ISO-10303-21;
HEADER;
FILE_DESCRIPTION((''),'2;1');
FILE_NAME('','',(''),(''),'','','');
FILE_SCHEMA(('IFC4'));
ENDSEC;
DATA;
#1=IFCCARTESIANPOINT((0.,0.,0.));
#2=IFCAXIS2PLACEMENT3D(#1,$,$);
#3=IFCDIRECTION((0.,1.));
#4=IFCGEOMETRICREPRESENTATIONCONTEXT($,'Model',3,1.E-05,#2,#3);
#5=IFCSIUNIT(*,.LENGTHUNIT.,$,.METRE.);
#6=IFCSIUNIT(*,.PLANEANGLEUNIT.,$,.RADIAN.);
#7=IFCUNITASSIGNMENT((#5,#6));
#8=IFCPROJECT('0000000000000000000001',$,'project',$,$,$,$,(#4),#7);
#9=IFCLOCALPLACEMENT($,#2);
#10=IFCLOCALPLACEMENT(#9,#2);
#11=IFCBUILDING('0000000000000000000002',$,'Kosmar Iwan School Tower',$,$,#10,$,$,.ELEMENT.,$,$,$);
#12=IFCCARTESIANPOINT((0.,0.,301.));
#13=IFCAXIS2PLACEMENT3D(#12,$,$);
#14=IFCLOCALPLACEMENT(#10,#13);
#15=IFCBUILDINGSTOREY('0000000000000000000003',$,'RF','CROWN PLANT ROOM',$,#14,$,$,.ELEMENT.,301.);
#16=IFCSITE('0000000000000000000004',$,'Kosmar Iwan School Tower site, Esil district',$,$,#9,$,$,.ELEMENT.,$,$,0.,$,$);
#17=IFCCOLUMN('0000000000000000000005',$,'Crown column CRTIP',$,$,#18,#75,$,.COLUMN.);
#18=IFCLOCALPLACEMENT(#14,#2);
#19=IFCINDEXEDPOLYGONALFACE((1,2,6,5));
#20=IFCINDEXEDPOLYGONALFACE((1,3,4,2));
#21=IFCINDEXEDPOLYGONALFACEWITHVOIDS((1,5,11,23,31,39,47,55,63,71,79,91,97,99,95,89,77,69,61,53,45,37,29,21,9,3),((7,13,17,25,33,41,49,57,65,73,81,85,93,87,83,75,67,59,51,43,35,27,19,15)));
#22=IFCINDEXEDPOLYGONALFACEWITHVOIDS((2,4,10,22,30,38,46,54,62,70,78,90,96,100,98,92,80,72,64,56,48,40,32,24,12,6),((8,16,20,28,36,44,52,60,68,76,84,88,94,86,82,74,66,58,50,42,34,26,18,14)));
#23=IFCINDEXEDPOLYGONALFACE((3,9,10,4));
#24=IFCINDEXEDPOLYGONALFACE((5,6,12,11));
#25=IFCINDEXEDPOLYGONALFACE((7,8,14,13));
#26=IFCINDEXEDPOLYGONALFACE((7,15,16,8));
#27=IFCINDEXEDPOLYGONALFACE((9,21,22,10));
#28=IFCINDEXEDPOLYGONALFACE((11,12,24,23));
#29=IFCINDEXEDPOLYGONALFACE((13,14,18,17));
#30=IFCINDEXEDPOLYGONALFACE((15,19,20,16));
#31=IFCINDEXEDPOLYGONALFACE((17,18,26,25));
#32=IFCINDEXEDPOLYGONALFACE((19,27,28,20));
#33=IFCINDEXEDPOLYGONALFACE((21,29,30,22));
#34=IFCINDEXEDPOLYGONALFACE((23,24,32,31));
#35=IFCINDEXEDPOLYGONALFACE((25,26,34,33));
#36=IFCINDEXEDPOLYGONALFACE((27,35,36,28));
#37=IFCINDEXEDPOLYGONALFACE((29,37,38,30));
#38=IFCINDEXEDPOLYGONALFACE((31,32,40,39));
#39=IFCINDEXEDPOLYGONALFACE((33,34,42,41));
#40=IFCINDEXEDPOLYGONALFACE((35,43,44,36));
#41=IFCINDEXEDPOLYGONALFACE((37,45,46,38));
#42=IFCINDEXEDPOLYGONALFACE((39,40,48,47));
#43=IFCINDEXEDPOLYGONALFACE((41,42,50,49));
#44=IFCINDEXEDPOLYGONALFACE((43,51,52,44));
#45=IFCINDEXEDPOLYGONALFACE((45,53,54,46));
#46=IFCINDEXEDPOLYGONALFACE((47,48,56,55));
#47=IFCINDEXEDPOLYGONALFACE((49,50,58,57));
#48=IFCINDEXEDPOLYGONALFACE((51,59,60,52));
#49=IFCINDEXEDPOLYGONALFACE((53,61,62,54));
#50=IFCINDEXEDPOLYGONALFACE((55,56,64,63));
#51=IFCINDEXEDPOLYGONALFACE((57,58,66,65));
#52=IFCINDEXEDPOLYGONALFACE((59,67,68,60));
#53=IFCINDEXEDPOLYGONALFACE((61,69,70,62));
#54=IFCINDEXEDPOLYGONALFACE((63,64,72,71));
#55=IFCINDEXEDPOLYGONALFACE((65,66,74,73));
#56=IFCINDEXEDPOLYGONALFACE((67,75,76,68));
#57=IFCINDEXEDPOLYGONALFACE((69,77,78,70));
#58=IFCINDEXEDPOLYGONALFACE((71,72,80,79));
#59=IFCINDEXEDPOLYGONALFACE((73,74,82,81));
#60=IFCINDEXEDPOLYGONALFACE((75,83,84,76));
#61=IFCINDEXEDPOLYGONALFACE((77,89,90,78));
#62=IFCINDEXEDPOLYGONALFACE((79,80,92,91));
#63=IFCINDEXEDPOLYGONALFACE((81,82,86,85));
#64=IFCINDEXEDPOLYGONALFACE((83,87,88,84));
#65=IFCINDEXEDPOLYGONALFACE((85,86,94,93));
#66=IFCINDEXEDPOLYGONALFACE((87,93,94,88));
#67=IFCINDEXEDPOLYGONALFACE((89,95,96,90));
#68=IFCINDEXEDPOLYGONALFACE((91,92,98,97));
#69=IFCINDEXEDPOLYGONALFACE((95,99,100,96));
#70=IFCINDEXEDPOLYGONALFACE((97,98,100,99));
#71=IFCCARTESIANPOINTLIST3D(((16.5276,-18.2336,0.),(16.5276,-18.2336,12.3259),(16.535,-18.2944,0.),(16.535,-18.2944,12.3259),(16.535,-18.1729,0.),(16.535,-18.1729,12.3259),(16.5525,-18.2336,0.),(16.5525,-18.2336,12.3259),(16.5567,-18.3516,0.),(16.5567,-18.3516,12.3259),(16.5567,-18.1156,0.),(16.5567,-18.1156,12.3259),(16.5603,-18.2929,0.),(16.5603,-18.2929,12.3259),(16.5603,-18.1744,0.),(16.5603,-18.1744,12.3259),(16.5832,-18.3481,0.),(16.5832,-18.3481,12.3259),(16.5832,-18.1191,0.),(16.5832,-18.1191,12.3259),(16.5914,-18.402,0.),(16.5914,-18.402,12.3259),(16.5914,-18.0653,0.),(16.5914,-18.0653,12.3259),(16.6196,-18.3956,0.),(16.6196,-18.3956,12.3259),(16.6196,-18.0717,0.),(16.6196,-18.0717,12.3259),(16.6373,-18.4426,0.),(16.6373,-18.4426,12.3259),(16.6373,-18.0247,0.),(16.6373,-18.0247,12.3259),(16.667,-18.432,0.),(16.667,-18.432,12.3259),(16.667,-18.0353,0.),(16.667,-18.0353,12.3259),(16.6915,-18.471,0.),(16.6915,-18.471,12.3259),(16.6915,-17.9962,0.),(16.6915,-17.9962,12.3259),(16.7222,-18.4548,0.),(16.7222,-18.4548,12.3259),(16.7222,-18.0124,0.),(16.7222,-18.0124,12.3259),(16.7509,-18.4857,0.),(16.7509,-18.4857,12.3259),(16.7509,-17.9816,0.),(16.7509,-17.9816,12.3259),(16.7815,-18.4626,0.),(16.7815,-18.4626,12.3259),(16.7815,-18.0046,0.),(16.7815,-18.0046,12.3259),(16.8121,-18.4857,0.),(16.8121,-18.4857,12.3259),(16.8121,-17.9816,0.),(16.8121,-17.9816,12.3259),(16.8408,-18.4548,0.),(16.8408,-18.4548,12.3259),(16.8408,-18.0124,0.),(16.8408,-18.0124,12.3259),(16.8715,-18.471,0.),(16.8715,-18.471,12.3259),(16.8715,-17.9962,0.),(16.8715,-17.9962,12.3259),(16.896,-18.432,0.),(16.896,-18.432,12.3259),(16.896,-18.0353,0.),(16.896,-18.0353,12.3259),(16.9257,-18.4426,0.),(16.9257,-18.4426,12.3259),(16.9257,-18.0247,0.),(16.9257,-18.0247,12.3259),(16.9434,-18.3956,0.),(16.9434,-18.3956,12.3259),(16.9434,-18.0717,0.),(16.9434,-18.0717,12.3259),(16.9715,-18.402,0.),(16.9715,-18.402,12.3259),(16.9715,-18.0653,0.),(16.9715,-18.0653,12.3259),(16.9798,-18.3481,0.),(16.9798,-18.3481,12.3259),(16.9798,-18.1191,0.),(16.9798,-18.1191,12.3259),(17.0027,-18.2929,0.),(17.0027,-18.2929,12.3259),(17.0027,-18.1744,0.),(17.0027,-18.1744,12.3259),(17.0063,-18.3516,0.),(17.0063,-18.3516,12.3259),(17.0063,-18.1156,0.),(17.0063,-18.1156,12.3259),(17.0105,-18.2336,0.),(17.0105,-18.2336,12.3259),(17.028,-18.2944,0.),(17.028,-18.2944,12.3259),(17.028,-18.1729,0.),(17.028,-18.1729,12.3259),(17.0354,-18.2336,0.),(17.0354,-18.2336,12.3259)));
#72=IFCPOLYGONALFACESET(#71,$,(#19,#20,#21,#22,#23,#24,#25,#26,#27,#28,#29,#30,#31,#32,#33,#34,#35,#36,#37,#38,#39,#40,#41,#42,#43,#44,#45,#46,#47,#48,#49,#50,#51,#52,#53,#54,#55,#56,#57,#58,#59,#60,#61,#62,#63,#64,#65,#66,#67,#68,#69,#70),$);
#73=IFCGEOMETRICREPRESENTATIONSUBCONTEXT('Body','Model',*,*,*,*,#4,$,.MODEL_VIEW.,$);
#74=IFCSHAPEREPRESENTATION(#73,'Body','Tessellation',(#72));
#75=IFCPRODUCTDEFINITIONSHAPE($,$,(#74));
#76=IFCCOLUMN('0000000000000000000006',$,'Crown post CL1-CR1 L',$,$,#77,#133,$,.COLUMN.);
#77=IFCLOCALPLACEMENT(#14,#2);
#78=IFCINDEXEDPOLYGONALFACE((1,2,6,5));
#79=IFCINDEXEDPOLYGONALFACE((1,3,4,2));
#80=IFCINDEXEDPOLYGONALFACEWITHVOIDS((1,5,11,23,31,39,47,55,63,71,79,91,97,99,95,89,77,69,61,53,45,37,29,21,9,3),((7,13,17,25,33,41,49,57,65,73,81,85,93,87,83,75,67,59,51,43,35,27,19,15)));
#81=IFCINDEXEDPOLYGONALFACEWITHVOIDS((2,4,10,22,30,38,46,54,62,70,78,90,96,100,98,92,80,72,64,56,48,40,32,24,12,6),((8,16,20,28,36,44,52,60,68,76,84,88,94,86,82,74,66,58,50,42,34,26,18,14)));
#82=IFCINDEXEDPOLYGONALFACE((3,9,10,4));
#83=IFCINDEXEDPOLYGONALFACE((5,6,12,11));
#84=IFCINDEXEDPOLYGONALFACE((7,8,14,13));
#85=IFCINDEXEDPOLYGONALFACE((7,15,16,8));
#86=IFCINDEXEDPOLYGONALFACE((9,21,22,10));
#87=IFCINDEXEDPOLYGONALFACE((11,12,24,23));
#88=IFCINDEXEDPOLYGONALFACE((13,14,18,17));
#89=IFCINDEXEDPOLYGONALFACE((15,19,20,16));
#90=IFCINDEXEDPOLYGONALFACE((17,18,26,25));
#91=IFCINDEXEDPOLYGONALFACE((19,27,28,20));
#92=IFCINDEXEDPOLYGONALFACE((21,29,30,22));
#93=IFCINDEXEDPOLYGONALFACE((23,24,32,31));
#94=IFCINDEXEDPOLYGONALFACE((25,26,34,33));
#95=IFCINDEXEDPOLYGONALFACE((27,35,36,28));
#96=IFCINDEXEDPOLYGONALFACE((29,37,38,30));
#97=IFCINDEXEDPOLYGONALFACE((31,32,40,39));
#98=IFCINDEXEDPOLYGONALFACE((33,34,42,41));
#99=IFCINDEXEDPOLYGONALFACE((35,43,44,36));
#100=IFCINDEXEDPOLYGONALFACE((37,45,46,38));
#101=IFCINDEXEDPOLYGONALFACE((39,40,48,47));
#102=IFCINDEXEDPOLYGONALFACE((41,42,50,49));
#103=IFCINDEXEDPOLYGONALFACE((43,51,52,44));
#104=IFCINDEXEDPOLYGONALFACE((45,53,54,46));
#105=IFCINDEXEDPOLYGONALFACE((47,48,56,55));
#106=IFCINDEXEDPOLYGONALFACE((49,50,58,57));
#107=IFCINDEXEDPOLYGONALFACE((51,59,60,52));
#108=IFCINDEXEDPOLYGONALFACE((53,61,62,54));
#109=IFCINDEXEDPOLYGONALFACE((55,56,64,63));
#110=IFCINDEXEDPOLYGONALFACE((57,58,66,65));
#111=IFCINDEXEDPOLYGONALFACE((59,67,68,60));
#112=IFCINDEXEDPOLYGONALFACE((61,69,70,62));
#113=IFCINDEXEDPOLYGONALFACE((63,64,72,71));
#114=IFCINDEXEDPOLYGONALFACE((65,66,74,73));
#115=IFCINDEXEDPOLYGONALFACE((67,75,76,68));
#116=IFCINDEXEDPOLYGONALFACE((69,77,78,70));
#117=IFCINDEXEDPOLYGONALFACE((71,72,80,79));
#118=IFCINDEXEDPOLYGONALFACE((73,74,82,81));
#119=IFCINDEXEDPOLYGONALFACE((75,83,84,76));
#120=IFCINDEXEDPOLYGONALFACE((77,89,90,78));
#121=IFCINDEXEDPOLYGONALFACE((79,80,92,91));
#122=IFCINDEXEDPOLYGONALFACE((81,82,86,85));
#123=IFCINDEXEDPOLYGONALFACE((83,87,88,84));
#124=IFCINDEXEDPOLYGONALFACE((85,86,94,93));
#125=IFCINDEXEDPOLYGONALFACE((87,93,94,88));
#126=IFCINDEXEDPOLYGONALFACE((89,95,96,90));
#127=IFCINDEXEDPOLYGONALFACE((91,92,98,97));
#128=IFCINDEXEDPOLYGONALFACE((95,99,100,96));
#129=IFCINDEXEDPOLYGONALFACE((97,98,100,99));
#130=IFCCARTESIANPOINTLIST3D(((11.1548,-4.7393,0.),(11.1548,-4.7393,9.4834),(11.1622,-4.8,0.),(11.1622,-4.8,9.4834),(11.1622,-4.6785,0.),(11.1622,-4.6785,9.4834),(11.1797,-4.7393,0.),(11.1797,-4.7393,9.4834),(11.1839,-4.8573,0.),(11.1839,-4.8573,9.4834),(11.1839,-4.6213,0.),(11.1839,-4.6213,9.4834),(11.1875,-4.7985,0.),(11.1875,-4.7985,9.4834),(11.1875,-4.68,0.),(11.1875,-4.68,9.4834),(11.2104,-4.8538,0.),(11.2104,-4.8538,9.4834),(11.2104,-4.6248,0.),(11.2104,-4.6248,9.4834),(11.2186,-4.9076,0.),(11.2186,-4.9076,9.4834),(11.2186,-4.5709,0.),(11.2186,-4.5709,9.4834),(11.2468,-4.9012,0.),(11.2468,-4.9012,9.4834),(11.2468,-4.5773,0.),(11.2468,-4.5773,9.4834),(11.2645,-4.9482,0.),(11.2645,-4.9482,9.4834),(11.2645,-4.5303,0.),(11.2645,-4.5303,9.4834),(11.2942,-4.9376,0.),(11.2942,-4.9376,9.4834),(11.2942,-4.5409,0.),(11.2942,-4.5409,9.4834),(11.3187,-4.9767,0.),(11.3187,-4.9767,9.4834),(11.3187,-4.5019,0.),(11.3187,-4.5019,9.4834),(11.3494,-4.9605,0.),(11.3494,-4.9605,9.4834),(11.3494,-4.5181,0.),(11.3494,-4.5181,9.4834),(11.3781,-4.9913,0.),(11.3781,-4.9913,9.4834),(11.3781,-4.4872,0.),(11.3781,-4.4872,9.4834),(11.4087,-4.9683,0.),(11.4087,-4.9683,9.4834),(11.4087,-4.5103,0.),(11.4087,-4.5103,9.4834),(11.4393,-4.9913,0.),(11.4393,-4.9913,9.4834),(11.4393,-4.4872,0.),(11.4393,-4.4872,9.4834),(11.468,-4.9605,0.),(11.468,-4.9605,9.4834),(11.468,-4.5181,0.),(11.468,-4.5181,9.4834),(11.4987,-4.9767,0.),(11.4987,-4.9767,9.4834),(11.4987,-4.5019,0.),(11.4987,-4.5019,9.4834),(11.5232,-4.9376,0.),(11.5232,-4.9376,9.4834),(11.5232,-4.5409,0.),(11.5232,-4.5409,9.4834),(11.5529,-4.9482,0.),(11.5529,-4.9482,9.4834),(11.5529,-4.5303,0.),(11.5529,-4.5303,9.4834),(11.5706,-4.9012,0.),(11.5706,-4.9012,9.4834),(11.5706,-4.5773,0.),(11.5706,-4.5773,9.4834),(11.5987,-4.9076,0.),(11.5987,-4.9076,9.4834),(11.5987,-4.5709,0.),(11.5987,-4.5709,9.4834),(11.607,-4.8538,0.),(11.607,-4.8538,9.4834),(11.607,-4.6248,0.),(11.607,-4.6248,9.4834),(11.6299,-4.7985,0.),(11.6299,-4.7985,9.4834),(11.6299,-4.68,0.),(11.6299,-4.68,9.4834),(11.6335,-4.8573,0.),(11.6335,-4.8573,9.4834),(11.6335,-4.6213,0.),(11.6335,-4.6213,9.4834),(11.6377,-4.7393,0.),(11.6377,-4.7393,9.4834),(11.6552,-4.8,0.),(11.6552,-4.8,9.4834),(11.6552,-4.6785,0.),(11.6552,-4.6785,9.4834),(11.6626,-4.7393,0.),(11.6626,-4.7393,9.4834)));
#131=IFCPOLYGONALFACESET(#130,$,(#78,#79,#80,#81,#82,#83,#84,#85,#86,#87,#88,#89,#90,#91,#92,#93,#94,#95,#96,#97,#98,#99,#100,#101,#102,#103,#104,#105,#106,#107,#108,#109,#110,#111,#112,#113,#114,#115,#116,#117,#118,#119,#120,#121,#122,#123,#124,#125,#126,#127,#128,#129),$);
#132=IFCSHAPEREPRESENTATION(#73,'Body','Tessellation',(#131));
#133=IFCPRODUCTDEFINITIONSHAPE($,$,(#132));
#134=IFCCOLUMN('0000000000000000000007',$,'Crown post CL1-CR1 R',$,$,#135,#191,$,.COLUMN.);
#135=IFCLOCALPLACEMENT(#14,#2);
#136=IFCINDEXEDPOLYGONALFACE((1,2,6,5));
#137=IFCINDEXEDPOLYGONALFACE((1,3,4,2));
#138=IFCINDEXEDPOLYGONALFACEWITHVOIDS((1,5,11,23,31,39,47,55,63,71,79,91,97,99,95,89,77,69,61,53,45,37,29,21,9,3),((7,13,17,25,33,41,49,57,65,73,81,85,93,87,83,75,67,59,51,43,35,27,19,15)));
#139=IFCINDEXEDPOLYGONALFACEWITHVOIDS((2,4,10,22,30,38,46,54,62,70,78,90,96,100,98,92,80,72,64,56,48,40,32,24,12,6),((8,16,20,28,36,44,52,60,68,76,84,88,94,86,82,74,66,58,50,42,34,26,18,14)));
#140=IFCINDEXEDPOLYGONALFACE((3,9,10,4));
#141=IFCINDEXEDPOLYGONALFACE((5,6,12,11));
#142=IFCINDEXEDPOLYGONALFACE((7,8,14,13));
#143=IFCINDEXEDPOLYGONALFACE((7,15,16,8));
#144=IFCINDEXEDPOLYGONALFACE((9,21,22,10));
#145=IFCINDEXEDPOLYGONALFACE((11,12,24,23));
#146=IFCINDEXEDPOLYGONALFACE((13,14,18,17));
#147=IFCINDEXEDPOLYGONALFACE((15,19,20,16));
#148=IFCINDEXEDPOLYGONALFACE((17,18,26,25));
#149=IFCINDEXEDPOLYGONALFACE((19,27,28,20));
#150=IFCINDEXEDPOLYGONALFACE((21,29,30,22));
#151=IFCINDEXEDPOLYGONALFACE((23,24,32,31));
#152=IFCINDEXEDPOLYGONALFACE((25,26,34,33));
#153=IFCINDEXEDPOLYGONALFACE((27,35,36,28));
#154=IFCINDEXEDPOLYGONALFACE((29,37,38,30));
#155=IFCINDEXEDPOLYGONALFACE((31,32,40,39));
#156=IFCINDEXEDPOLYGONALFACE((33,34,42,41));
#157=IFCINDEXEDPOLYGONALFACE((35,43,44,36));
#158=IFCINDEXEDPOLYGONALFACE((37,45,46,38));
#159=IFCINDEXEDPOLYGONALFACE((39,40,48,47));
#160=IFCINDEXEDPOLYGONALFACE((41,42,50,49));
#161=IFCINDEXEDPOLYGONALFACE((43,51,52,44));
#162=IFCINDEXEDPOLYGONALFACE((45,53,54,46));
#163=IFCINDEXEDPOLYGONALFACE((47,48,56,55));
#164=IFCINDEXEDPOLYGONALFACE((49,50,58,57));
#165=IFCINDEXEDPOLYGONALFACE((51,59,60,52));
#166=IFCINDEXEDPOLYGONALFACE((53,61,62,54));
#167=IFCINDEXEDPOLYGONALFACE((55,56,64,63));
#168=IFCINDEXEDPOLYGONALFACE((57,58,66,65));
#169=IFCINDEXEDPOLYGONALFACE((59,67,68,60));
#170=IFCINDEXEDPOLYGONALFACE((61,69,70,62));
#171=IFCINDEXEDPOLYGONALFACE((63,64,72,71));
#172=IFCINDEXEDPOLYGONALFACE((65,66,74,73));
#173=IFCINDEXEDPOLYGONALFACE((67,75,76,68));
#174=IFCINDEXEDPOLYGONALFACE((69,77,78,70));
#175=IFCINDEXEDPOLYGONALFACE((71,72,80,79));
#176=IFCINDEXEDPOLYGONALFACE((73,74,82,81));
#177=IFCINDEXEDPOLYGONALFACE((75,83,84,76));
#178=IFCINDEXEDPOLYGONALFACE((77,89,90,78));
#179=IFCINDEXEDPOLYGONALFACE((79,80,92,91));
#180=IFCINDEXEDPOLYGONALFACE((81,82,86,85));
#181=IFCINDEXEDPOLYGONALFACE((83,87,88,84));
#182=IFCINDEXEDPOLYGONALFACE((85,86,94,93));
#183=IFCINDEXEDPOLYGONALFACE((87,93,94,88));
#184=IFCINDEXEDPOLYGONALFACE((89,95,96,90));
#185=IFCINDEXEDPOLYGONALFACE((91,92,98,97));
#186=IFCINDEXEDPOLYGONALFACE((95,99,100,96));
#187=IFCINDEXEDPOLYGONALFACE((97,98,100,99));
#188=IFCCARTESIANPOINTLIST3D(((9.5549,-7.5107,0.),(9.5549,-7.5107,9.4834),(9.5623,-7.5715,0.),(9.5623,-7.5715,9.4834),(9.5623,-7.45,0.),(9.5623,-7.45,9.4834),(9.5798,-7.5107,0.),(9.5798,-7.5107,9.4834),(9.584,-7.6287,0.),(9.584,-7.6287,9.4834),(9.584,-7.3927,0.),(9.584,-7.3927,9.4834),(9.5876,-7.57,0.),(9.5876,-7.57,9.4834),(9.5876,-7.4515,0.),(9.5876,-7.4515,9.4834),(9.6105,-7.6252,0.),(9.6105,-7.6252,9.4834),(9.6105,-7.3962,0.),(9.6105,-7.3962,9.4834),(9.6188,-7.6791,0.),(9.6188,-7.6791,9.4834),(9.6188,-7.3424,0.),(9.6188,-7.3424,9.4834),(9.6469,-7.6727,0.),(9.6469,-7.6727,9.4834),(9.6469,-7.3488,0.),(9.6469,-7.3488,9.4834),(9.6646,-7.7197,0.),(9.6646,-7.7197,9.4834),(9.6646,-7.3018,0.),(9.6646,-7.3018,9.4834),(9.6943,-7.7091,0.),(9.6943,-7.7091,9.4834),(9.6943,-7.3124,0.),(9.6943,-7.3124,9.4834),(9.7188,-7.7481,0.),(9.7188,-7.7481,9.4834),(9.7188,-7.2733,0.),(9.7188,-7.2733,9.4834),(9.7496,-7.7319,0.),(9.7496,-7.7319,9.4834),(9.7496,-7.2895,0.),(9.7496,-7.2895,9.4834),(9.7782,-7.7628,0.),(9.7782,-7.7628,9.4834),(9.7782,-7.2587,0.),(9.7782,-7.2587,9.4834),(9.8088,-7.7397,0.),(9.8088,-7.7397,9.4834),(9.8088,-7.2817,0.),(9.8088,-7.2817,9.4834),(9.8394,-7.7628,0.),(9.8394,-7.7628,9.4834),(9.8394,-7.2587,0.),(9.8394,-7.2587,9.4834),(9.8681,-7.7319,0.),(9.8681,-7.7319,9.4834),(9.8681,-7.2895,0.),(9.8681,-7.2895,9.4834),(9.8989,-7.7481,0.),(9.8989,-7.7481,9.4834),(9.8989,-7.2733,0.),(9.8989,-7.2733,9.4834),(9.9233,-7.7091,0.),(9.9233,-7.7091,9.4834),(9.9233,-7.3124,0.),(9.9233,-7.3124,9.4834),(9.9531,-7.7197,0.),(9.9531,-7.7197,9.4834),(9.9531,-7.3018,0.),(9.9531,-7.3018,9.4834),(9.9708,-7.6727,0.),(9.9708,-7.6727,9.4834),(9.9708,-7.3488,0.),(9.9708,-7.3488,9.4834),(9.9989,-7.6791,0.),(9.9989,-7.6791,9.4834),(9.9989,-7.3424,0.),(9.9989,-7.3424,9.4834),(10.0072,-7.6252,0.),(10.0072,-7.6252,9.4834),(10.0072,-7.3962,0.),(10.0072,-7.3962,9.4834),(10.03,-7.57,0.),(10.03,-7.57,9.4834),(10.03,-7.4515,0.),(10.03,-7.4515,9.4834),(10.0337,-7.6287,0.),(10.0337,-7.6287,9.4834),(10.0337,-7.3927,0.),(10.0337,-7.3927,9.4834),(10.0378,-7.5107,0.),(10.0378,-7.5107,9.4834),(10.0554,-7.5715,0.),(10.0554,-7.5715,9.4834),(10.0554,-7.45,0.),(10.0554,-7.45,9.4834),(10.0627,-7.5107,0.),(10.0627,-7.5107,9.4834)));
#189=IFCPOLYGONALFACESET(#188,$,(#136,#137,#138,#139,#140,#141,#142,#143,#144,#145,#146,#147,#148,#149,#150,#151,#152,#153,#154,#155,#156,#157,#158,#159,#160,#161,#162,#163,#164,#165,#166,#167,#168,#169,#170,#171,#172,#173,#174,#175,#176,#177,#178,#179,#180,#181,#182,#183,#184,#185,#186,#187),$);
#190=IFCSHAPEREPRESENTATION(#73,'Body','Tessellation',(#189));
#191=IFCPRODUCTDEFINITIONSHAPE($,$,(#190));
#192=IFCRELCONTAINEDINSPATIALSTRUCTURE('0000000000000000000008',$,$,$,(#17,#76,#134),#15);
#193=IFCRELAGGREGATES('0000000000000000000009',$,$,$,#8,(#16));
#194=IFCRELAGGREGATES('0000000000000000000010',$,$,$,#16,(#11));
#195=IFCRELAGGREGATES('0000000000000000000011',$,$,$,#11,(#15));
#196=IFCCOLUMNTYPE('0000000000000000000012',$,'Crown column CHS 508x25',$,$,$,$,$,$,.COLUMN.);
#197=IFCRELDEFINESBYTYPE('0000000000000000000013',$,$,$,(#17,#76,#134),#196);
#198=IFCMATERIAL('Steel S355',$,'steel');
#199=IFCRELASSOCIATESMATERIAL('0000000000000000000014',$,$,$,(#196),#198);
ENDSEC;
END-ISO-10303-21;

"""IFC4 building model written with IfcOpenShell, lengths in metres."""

from ifc_helpers import new_model, si_unit, direction, frame, origin, origin_2d, place, context, subcontext, project, spatial, hollow_circle, extrude, material, material_profile, profile_set, type_object, element, save


model = new_model("IFC4")

# Units and contexts
model_context = context("Model", 3, precision=1e-05, world=origin(), true_north=direction((0.0, 1.0)))
body_context = subcontext(model_context, "Body", "Model", "MODEL_VIEW")
ifc_project = project(units=[si_unit("LENGTHUNIT", "METRE"), si_unit("PLANEANGLEUNIT", "RADIAN")], contexts=[model_context])

# Site, building, storey
site_placement = place(None, origin())
site = spatial("IfcSite", under=ifc_project, at=site_placement, Name="Kosmar Iwan School Tower site, Esil district", CompositionType="ELEMENT", RefElevation=0.0)
building_placement = place(site_placement, origin())
building = spatial("IfcBuilding", under=site, at=building_placement, Name="Kosmar Iwan School Tower", CompositionType="ELEMENT")
storey_placement = place(building_placement, frame((0.0, 0.0, 301.0)))
storey = spatial("IfcBuildingStorey", under=building, at=storey_placement, Name="RF", Description="CROWN PLANT ROOM", CompositionType="ELEMENT", Elevation=301.0)

# Columns
ifc_material_1 = material(Name="Steel S355", Category="steel")
ifc_material_profile_1 = material_profile(ifc_material_1, hollow_circle(Radius=0.2539, WallThickness=0.0249, at=origin_2d()), Name="CHS 508x25")
ifc_profile_set_1 = profile_set([ifc_material_profile_1], Name="Steel S355")
column_type = type_object("IfcColumnType", Name="Crown column CHS 508x25", PredefinedType="COLUMN", material=ifc_profile_set_1)
column_1_placement = place(storey_placement, frame((16.7815, -18.2336, 0.0), z_axis=(0.0, 0.0, 1.0), x_axis=(1.0, 0.0, 0.0)))
element("IfcColumn", 1, at=column_1_placement, inside=storey, type_object=column_type, Name="Crown column CRTIP", PredefinedType="COLUMN", context=body_context, shape_type="SweptSolid", body=[
    extrude(hollow_circle(Radius=0.2539, WallThickness=0.0249, at=origin_2d()), origin(), (0.0, 0.0, 1.0), 12.3259),
])
for number, where, z_axis, x_axis, name in (
    (2, (11.4087, -4.7393, 0.0), (0.0, 0.0, 1.0), (1.0, 0.0, 0.0), "Crown post CL1-CR1 L"),
    (3, (9.8088, -7.5107, 0.0), (0.0, 0.0, 1.0), (1.0, 0.0, 0.0), "Crown post CL1-CR1 R"),
):
    element("IfcColumn", number, at=place(storey_placement, frame(where, z_axis=z_axis, x_axis=x_axis)), inside=storey, type_object=column_type, Name=name, PredefinedType="COLUMN", context=body_context, shape_type="SweptSolid", body=[
        extrude(hollow_circle(Radius=0.2539, WallThickness=0.0249, at=origin_2d()), origin(), (0.0, 0.0, 1.0), 9.4834),
    ])

save(model, "model.ifc")
